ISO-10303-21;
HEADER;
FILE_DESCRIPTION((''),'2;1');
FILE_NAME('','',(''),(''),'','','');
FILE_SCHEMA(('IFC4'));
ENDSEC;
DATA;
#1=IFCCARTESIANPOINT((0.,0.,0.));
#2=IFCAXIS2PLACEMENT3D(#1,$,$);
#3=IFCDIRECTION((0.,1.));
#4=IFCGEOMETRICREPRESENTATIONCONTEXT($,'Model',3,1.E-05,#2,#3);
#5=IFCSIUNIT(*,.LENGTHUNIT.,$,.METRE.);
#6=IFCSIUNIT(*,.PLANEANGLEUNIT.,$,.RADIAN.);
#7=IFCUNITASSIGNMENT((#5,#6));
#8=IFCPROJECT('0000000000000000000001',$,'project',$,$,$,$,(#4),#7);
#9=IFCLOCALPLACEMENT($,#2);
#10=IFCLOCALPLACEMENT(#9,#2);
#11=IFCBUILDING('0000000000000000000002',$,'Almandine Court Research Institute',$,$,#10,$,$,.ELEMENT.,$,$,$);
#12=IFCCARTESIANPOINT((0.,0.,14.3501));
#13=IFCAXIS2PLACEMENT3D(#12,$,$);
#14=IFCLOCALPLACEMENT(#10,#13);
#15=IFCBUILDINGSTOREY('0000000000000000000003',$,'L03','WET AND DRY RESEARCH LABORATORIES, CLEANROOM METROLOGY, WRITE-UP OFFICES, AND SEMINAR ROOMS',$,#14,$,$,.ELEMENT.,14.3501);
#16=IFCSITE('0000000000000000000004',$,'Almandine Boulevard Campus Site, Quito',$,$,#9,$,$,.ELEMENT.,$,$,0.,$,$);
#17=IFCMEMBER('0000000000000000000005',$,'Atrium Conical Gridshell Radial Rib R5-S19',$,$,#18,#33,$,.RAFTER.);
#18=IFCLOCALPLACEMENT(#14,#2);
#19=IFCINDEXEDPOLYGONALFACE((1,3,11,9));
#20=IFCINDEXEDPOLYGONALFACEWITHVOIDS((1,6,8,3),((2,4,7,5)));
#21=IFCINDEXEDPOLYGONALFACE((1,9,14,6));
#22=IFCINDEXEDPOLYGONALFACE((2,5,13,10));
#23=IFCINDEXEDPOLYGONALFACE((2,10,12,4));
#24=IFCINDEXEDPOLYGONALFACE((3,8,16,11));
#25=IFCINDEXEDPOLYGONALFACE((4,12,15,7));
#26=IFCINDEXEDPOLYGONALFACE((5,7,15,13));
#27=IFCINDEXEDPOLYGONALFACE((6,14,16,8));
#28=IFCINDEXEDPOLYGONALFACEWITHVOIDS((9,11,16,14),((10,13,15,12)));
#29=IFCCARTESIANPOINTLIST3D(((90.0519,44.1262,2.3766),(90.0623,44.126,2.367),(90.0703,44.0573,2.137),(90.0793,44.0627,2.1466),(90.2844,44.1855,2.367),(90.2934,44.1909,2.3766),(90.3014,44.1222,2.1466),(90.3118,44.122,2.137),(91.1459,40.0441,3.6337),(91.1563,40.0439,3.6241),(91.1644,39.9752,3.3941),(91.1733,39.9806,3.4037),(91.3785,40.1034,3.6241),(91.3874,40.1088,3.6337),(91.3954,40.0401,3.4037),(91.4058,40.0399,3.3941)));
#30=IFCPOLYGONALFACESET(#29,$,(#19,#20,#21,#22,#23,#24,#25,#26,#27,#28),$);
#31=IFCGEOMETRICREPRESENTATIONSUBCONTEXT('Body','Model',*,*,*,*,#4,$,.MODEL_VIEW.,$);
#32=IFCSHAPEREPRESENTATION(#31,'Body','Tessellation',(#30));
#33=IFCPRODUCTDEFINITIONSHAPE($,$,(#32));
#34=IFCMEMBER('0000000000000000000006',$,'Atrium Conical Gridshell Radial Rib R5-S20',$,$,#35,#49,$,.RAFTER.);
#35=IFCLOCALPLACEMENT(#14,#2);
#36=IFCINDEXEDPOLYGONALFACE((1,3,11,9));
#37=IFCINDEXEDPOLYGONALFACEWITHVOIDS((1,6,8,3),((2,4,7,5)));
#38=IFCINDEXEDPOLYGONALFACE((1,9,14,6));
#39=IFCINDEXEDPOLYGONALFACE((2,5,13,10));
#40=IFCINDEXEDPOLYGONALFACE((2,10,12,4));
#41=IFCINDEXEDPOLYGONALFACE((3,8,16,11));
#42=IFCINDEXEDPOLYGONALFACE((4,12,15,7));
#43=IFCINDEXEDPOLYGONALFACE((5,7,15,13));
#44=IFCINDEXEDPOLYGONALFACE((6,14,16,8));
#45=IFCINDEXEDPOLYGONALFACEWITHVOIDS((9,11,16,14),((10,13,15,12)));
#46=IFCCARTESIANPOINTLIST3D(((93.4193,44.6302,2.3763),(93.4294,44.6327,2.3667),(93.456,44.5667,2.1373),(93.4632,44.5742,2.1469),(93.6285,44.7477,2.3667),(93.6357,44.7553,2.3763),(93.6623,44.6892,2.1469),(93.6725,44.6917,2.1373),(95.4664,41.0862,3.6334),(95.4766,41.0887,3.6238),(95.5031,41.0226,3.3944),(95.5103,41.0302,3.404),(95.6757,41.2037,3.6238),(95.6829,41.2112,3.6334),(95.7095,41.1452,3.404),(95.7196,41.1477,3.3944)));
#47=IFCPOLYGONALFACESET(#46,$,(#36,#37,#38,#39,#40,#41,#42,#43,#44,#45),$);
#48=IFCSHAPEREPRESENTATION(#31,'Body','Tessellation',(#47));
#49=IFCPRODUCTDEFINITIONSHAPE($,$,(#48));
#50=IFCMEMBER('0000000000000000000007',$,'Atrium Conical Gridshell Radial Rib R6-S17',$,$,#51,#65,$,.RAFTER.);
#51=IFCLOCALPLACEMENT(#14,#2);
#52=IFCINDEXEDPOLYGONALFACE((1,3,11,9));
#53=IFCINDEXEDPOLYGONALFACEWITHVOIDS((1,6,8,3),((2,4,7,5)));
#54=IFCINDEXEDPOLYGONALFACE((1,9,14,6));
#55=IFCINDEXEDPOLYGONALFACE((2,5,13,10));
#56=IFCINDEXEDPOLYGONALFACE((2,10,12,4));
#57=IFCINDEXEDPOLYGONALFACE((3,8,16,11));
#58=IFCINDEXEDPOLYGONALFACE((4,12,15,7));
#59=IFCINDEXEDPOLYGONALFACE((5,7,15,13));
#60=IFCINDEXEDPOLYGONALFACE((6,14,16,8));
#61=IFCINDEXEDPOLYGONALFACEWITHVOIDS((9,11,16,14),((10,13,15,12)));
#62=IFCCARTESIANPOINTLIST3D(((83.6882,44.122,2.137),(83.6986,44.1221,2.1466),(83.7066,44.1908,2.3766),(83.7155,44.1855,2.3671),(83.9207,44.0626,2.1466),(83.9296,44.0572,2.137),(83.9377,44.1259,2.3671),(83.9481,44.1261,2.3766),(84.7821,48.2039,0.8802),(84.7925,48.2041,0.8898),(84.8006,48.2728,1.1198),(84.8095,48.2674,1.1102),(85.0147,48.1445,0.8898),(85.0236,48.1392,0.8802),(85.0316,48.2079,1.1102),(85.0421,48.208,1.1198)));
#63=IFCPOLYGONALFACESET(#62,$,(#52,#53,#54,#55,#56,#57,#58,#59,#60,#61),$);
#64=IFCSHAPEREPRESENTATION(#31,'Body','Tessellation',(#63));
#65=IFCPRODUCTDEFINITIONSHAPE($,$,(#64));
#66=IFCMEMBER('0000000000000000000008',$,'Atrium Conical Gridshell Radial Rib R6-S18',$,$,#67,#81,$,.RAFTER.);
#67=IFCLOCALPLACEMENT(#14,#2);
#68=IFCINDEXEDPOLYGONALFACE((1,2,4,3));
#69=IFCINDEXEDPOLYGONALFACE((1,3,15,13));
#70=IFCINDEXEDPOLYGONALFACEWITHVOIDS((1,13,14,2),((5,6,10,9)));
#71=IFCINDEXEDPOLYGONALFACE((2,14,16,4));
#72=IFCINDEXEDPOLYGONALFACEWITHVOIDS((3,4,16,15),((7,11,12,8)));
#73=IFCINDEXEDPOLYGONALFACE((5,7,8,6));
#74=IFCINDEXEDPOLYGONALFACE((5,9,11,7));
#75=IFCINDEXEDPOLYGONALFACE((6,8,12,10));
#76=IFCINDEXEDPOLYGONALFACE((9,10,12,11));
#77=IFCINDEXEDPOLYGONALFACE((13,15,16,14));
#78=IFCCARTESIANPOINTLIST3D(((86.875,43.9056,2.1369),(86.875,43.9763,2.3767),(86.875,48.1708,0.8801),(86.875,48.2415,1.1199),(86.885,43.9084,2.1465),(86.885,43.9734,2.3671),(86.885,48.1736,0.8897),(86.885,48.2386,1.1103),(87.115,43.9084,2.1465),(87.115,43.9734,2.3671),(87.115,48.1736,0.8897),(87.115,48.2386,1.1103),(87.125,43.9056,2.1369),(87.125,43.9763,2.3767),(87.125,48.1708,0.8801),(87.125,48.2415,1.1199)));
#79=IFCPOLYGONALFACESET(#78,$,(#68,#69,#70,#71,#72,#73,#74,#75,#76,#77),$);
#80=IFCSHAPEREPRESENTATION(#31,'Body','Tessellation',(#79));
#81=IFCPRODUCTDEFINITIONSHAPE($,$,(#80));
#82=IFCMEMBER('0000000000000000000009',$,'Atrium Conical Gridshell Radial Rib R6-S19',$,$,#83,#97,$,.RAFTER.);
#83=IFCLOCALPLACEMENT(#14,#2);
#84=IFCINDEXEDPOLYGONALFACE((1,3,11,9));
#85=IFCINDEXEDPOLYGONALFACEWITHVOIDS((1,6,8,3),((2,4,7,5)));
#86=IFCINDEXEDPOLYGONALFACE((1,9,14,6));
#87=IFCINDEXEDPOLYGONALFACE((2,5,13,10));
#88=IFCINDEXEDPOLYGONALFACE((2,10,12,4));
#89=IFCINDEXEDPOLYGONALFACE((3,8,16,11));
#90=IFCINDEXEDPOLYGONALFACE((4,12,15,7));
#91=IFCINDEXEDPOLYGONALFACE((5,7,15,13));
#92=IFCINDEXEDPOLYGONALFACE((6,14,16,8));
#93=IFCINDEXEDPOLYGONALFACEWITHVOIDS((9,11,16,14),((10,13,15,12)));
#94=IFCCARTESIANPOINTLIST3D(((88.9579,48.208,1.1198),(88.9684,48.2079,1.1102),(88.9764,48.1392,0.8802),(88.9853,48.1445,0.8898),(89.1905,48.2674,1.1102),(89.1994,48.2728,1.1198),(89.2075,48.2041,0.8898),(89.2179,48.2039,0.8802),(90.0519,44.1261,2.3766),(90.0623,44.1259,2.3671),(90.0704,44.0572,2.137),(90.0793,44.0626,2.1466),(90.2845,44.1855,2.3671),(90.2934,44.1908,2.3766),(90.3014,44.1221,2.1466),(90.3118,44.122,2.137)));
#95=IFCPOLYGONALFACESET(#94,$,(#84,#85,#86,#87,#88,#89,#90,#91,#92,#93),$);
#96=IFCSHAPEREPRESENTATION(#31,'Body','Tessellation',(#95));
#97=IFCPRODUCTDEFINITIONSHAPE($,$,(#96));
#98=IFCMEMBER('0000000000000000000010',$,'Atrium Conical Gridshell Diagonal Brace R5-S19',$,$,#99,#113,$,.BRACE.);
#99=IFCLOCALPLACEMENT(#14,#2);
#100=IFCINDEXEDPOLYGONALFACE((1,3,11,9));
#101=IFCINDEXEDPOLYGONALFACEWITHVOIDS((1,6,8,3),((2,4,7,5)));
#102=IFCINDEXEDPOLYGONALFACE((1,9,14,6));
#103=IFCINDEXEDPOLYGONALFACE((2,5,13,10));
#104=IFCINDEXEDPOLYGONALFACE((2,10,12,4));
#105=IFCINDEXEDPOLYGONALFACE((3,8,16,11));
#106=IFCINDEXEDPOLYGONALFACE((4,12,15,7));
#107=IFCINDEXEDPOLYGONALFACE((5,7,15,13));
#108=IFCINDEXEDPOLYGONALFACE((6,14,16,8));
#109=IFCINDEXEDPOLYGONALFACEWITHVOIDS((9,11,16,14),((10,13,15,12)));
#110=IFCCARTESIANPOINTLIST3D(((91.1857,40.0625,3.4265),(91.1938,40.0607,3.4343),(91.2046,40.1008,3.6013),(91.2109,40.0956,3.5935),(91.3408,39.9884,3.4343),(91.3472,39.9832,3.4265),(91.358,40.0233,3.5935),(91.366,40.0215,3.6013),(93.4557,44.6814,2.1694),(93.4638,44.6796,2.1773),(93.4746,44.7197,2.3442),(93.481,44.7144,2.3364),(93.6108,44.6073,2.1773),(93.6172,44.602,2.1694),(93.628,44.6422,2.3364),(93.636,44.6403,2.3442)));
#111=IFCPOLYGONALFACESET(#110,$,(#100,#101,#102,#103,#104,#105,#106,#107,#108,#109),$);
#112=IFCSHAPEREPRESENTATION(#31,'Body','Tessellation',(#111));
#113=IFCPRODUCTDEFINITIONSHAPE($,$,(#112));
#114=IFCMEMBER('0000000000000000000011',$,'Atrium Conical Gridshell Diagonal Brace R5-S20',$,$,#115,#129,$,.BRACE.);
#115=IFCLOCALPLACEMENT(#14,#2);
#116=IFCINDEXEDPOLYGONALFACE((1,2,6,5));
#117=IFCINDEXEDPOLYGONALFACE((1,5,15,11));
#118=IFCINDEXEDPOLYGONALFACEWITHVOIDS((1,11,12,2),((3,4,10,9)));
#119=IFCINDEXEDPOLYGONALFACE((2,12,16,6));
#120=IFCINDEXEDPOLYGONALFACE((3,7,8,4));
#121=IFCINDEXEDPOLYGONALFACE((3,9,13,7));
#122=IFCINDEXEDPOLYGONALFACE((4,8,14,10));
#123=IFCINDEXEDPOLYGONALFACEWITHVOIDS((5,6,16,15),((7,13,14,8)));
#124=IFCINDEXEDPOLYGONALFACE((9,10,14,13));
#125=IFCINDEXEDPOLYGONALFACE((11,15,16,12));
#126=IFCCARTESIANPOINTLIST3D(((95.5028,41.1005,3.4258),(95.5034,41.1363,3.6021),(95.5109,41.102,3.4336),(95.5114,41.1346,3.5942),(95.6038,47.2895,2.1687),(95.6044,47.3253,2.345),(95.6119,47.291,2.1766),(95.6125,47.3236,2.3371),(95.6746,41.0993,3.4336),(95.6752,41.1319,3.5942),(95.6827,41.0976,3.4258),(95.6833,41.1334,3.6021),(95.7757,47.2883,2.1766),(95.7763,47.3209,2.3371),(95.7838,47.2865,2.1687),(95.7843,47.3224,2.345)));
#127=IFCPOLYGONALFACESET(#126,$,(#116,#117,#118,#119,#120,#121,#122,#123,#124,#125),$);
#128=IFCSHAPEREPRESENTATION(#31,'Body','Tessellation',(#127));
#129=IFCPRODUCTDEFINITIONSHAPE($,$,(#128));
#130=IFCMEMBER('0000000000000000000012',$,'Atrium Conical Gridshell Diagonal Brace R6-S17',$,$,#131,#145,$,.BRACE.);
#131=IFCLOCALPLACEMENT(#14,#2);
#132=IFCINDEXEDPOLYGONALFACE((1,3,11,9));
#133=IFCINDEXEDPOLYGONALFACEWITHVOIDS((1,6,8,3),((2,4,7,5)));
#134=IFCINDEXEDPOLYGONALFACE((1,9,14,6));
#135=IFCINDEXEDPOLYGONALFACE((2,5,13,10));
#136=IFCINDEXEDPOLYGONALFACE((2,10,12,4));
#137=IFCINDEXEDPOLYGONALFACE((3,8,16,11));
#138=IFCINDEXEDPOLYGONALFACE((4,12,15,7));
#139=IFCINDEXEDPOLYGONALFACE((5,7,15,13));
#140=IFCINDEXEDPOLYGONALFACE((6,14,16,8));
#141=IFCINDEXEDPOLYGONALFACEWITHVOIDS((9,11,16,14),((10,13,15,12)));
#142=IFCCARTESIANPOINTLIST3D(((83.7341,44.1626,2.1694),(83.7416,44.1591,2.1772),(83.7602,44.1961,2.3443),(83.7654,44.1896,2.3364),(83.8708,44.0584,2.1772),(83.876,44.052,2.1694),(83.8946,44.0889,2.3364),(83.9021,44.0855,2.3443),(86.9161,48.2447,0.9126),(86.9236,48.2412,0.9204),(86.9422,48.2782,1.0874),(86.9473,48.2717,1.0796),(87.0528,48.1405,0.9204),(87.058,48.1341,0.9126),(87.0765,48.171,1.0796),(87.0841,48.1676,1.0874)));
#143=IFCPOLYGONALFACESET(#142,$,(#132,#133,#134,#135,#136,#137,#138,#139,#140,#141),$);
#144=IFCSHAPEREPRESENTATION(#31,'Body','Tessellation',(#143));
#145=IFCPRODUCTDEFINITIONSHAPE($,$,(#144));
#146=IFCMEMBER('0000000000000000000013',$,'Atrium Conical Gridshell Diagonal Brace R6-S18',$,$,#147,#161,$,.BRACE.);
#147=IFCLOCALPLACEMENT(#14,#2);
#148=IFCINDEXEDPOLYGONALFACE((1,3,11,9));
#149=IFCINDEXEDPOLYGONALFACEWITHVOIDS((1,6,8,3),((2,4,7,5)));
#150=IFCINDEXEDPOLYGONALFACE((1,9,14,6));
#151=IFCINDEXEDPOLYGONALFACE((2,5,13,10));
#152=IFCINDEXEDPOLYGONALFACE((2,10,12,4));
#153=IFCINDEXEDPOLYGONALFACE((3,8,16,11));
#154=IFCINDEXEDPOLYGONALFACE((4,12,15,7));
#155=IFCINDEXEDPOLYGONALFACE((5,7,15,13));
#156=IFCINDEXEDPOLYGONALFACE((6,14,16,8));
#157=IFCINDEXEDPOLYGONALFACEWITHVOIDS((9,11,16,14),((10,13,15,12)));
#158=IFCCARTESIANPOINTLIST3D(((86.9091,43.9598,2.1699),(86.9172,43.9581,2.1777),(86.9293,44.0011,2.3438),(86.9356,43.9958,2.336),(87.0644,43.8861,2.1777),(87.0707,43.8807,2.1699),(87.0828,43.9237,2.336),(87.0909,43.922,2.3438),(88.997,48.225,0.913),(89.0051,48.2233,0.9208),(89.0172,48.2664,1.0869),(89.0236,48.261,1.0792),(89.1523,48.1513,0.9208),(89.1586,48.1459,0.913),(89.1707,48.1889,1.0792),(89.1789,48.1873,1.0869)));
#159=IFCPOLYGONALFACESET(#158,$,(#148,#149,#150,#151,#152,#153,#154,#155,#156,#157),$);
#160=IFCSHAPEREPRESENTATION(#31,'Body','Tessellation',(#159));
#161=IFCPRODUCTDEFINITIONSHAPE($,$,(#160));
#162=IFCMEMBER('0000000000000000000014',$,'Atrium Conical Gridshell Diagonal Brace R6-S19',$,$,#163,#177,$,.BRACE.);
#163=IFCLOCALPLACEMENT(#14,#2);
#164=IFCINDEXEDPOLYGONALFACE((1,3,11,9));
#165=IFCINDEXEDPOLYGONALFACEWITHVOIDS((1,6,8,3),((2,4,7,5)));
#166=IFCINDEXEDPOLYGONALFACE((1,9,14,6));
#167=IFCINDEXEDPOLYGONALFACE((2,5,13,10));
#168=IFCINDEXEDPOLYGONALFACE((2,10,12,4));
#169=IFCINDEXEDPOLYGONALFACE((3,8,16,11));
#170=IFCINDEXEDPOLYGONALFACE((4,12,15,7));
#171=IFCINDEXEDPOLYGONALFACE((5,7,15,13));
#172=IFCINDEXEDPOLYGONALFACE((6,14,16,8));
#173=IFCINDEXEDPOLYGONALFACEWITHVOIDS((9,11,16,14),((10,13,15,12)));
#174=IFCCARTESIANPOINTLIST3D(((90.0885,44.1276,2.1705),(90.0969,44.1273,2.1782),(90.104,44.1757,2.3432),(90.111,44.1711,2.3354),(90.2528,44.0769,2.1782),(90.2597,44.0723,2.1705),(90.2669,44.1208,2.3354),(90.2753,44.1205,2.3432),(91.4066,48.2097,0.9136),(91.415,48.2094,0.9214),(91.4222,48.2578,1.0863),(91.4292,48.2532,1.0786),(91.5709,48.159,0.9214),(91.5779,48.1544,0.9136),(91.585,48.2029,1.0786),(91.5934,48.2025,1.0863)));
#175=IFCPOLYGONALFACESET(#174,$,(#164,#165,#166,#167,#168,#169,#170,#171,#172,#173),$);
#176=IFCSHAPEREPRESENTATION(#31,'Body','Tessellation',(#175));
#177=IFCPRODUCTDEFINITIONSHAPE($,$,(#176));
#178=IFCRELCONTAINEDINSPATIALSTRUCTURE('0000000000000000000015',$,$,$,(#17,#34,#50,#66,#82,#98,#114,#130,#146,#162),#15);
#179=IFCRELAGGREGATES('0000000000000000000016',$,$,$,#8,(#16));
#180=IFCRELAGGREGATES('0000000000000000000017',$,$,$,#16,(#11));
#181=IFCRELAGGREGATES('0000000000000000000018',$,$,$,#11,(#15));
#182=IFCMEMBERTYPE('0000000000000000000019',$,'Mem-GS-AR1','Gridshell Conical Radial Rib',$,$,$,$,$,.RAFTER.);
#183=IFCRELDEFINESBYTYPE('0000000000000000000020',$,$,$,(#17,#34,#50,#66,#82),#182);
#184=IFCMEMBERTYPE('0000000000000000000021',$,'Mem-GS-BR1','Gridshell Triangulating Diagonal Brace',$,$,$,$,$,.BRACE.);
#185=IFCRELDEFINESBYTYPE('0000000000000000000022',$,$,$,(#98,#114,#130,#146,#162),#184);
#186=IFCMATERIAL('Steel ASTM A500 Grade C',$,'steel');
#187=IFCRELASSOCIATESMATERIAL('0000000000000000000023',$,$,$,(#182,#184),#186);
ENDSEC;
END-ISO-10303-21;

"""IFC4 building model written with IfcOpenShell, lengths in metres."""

from ifc_helpers import new_model, si_unit, direction, frame, origin, origin_2d, place, context, subcontext, project, spatial, hollow_rectangle, extrude, material, material_profile, profile_set, type_object, element, save


model = new_model("IFC4")

# Units and contexts
model_context = context("Model", 3, precision=1e-05, world=origin(), true_north=direction((0.0, 1.0)))
body_context = subcontext(model_context, "Body", "Model", "MODEL_VIEW")
ifc_project = project(units=[si_unit("LENGTHUNIT", "METRE"), si_unit("PLANEANGLEUNIT", "RADIAN")], contexts=[model_context])

# Site, building, storey
site_placement = place(None, origin())
site = spatial("IfcSite", under=ifc_project, at=site_placement, Name="Almandine Boulevard Campus Site, Quito", CompositionType="ELEMENT", RefElevation=0.0)
building_placement = place(site_placement, origin())
building = spatial("IfcBuilding", under=site, at=building_placement, Name="Almandine Court Research Institute", CompositionType="ELEMENT")
storey_placement = place(building_placement, frame((0.0, 0.0, 14.3501)))
storey = spatial("IfcBuildingStorey", under=building, at=storey_placement, Name="L03", Description="WET AND DRY RESEARCH LABORATORIES, CLEANROOM METROLOGY, WRITE-UP OFFICES, AND SEMINAR ROOMS", CompositionType="ELEMENT", Elevation=14.3501)

# Members
ifc_material_1 = material(Name="Steel ASTM A500 Grade C", Category="steel")
ifc_material_profile_1 = material_profile(ifc_material_1, hollow_rectangle(XDim=0.25, YDim=0.25, WallThickness=0.01, at=origin_2d()), Name="HSS 250x250x10")
ifc_profile_set_1 = profile_set([ifc_material_profile_1], Name="Steel ASTM A500 Grade C")
member_type_1 = type_object("IfcMemberType", Name="Mem-GS-AR1", Description="Gridshell Conical Radial Rib", PredefinedType="RAFTER", material=ifc_profile_set_1)
member_1_placement = place(storey_placement, frame((91.2759, 40.042, 3.5139), z_axis=(-0.248123, 0.925822, -0.285111), x_axis=(-0.965913, -0.258867, 0.0)))
element("IfcMember", 1, at=member_1_placement, inside=storey, type_object=member_type_1, Name="Atrium Conical Gridshell Radial Rib R5-S19", PredefinedType="RAFTER", context=body_context, shape_type="SweptSolid", body=[
    extrude(hollow_rectangle(XDim=0.25, YDim=0.25, WallThickness=0.01, at=origin_2d()), origin(), (0.0, 0.0, 1.0), 4.4092),
])
member_2_placement = place(storey_placement, frame((95.593, 41.1169, 3.5139), z_axis=(-0.478141, 0.827751, -0.293613), x_axis=(-0.865917, -0.500187, 0.0)))
element("IfcMember", 2, at=member_2_placement, inside=storey, type_object=member_type_1, Name="Atrium Conical Gridshell Radial Rib R5-S20", PredefinedType="RAFTER", context=body_context, shape_type="SweptSolid", body=[
    extrude(hollow_rectangle(XDim=0.25, YDim=0.25, WallThickness=0.01, at=origin_2d()), origin(), (0.0, 0.0, 1.0), 4.2815),
])
member_3_placement = place(storey_placement, frame((83.8181, 44.124, 2.2568), z_axis=(0.248126, 0.925837, -0.28506), x_axis=(-0.965913, 0.258867, 0.0)))
element("IfcMember", 3, at=member_3_placement, inside=storey, type_object=member_type_1, Name="Atrium Conical Gridshell Radial Rib R6-S17", PredefinedType="RAFTER", context=body_context, shape_type="SweptSolid", body=[
    extrude(hollow_rectangle(XDim=0.25, YDim=0.25, WallThickness=0.01, at=origin_2d()), origin(), (0.0, 0.0, 1.0), 4.4089),
])
member_4_placement = place(storey_placement, frame((87.0, 43.9409, 2.2568), z_axis=(0.0, 0.95922, -0.28266), x_axis=(-1.0, 0.0, 0.0)))
element("IfcMember", 4, at=member_4_placement, inside=storey, type_object=member_type_1, Name="Atrium Conical Gridshell Radial Rib R6-S18", PredefinedType="RAFTER", context=body_context, shape_type="SweptSolid", body=[
    extrude(hollow_rectangle(XDim=0.25, YDim=0.25, WallThickness=0.01, at=origin_2d()), origin(), (0.0, 0.0, 1.0), 4.4465),
])
member_5_placement = place(storey_placement, frame((90.1819, 44.124, 2.2568), z_axis=(-0.248126, 0.925837, -0.28506), x_axis=(-0.965913, -0.258867, 0.0)))
element("IfcMember", 5, at=member_5_placement, inside=storey, type_object=member_type_1, Name="Atrium Conical Gridshell Radial Rib R6-S19", PredefinedType="RAFTER", context=body_context, shape_type="SweptSolid", body=[
    extrude(hollow_rectangle(XDim=0.25, YDim=0.25, WallThickness=0.01, at=origin_2d()), origin(), (0.0, 0.0, 1.0), 4.4089),
])
ifc_material_profile_2 = material_profile(ifc_material_1, hollow_rectangle(XDim=0.1799, YDim=0.1799, WallThickness=0.0081, at=origin_2d()), Name="HSS 180x180x8")
ifc_profile_set_2 = profile_set([ifc_material_profile_2], Name="Steel ASTM A500 Grade C")
member_type_2 = type_object("IfcMemberType", Name="Mem-GS-BR1", Description="Gridshell Triangulating Diagonal Brace", PredefinedType="BRACE", material=ifc_profile_set_2)
member_6_placement = place(storey_placement, frame((91.2759, 40.042, 3.5139), z_axis=(0.428478, 0.87184, -0.23728), x_axis=(-0.897471, 0.441074, 0.0)))
element("IfcMember", 6, at=member_6_placement, inside=storey, type_object=member_type_2, Name="Atrium Conical Gridshell Diagonal Brace R5-S19", PredefinedType="BRACE", context=body_context, shape_type="SweptSolid", body=[
    extrude(hollow_rectangle(XDim=0.1799, YDim=0.1799, WallThickness=0.0081, at=origin_2d()), origin(), (0.0, 0.0, 1.0), 5.2979),
])
member_7_placement = place(storey_placement, frame((95.593, 41.1169, 3.5139), z_axis=(0.016003, 0.979863, -0.199026), x_axis=(-0.999867, 0.016329, 0.0)))
element("IfcMember", 7, at=member_7_placement, inside=storey, type_object=member_type_2, Name="Atrium Conical Gridshell Diagonal Brace R5-S20", PredefinedType="BRACE", context=body_context, shape_type="SweptSolid", body=[
    extrude(hollow_rectangle(XDim=0.1799, YDim=0.1799, WallThickness=0.0081, at=origin_2d()), origin(), (0.0, 0.0, 1.0), 6.3162),
])
member_8_placement = place(storey_placement, frame((83.8181, 44.124, 2.2568), z_axis=(0.597417, 0.766425, -0.235978), x_axis=(-0.788699, 0.61478, 0.0)))
element("IfcMember", 8, at=member_8_placement, inside=storey, type_object=member_type_2, Name="Atrium Conical Gridshell Diagonal Brace R6-S17", PredefinedType="BRACE", context=body_context, shape_type="SweptSolid", body=[
    extrude(hollow_rectangle(XDim=0.1799, YDim=0.1799, WallThickness=0.0081, at=origin_2d()), origin(), (0.0, 0.0, 1.0), 5.3262),
])
member_9_placement = place(storey_placement, frame((87.0, 43.9409, 2.2568), z_axis=(0.425037, 0.868263, -0.255857), x_axis=(-0.898159, 0.439671, 0.0)))
element("IfcMember", 9, at=member_9_placement, inside=storey, type_object=member_type_2, Name="Atrium Conical Gridshell Diagonal Brace R6-S18", PredefinedType="BRACE", context=body_context, shape_type="SweptSolid", body=[
    extrude(hollow_rectangle(XDim=0.1799, YDim=0.1799, WallThickness=0.0081, at=origin_2d()), origin(), (0.0, 0.0, 1.0), 4.9124),
])
member_10_placement = place(storey_placement, frame((90.1819, 44.124, 2.2568), z_axis=(0.294887, 0.913226, -0.281177), x_axis=(-0.951618, 0.307284, 0.0)))
element("IfcMember", 10, at=member_10_placement, inside=storey, type_object=member_type_2, Name="Atrium Conical Gridshell Diagonal Brace R6-S19", PredefinedType="BRACE", context=body_context, shape_type="SweptSolid", body=[
    extrude(hollow_rectangle(XDim=0.1799, YDim=0.1799, WallThickness=0.0081, at=origin_2d()), origin(), (0.0, 0.0, 1.0), 4.47),
])

save(model, "model.ifc")
